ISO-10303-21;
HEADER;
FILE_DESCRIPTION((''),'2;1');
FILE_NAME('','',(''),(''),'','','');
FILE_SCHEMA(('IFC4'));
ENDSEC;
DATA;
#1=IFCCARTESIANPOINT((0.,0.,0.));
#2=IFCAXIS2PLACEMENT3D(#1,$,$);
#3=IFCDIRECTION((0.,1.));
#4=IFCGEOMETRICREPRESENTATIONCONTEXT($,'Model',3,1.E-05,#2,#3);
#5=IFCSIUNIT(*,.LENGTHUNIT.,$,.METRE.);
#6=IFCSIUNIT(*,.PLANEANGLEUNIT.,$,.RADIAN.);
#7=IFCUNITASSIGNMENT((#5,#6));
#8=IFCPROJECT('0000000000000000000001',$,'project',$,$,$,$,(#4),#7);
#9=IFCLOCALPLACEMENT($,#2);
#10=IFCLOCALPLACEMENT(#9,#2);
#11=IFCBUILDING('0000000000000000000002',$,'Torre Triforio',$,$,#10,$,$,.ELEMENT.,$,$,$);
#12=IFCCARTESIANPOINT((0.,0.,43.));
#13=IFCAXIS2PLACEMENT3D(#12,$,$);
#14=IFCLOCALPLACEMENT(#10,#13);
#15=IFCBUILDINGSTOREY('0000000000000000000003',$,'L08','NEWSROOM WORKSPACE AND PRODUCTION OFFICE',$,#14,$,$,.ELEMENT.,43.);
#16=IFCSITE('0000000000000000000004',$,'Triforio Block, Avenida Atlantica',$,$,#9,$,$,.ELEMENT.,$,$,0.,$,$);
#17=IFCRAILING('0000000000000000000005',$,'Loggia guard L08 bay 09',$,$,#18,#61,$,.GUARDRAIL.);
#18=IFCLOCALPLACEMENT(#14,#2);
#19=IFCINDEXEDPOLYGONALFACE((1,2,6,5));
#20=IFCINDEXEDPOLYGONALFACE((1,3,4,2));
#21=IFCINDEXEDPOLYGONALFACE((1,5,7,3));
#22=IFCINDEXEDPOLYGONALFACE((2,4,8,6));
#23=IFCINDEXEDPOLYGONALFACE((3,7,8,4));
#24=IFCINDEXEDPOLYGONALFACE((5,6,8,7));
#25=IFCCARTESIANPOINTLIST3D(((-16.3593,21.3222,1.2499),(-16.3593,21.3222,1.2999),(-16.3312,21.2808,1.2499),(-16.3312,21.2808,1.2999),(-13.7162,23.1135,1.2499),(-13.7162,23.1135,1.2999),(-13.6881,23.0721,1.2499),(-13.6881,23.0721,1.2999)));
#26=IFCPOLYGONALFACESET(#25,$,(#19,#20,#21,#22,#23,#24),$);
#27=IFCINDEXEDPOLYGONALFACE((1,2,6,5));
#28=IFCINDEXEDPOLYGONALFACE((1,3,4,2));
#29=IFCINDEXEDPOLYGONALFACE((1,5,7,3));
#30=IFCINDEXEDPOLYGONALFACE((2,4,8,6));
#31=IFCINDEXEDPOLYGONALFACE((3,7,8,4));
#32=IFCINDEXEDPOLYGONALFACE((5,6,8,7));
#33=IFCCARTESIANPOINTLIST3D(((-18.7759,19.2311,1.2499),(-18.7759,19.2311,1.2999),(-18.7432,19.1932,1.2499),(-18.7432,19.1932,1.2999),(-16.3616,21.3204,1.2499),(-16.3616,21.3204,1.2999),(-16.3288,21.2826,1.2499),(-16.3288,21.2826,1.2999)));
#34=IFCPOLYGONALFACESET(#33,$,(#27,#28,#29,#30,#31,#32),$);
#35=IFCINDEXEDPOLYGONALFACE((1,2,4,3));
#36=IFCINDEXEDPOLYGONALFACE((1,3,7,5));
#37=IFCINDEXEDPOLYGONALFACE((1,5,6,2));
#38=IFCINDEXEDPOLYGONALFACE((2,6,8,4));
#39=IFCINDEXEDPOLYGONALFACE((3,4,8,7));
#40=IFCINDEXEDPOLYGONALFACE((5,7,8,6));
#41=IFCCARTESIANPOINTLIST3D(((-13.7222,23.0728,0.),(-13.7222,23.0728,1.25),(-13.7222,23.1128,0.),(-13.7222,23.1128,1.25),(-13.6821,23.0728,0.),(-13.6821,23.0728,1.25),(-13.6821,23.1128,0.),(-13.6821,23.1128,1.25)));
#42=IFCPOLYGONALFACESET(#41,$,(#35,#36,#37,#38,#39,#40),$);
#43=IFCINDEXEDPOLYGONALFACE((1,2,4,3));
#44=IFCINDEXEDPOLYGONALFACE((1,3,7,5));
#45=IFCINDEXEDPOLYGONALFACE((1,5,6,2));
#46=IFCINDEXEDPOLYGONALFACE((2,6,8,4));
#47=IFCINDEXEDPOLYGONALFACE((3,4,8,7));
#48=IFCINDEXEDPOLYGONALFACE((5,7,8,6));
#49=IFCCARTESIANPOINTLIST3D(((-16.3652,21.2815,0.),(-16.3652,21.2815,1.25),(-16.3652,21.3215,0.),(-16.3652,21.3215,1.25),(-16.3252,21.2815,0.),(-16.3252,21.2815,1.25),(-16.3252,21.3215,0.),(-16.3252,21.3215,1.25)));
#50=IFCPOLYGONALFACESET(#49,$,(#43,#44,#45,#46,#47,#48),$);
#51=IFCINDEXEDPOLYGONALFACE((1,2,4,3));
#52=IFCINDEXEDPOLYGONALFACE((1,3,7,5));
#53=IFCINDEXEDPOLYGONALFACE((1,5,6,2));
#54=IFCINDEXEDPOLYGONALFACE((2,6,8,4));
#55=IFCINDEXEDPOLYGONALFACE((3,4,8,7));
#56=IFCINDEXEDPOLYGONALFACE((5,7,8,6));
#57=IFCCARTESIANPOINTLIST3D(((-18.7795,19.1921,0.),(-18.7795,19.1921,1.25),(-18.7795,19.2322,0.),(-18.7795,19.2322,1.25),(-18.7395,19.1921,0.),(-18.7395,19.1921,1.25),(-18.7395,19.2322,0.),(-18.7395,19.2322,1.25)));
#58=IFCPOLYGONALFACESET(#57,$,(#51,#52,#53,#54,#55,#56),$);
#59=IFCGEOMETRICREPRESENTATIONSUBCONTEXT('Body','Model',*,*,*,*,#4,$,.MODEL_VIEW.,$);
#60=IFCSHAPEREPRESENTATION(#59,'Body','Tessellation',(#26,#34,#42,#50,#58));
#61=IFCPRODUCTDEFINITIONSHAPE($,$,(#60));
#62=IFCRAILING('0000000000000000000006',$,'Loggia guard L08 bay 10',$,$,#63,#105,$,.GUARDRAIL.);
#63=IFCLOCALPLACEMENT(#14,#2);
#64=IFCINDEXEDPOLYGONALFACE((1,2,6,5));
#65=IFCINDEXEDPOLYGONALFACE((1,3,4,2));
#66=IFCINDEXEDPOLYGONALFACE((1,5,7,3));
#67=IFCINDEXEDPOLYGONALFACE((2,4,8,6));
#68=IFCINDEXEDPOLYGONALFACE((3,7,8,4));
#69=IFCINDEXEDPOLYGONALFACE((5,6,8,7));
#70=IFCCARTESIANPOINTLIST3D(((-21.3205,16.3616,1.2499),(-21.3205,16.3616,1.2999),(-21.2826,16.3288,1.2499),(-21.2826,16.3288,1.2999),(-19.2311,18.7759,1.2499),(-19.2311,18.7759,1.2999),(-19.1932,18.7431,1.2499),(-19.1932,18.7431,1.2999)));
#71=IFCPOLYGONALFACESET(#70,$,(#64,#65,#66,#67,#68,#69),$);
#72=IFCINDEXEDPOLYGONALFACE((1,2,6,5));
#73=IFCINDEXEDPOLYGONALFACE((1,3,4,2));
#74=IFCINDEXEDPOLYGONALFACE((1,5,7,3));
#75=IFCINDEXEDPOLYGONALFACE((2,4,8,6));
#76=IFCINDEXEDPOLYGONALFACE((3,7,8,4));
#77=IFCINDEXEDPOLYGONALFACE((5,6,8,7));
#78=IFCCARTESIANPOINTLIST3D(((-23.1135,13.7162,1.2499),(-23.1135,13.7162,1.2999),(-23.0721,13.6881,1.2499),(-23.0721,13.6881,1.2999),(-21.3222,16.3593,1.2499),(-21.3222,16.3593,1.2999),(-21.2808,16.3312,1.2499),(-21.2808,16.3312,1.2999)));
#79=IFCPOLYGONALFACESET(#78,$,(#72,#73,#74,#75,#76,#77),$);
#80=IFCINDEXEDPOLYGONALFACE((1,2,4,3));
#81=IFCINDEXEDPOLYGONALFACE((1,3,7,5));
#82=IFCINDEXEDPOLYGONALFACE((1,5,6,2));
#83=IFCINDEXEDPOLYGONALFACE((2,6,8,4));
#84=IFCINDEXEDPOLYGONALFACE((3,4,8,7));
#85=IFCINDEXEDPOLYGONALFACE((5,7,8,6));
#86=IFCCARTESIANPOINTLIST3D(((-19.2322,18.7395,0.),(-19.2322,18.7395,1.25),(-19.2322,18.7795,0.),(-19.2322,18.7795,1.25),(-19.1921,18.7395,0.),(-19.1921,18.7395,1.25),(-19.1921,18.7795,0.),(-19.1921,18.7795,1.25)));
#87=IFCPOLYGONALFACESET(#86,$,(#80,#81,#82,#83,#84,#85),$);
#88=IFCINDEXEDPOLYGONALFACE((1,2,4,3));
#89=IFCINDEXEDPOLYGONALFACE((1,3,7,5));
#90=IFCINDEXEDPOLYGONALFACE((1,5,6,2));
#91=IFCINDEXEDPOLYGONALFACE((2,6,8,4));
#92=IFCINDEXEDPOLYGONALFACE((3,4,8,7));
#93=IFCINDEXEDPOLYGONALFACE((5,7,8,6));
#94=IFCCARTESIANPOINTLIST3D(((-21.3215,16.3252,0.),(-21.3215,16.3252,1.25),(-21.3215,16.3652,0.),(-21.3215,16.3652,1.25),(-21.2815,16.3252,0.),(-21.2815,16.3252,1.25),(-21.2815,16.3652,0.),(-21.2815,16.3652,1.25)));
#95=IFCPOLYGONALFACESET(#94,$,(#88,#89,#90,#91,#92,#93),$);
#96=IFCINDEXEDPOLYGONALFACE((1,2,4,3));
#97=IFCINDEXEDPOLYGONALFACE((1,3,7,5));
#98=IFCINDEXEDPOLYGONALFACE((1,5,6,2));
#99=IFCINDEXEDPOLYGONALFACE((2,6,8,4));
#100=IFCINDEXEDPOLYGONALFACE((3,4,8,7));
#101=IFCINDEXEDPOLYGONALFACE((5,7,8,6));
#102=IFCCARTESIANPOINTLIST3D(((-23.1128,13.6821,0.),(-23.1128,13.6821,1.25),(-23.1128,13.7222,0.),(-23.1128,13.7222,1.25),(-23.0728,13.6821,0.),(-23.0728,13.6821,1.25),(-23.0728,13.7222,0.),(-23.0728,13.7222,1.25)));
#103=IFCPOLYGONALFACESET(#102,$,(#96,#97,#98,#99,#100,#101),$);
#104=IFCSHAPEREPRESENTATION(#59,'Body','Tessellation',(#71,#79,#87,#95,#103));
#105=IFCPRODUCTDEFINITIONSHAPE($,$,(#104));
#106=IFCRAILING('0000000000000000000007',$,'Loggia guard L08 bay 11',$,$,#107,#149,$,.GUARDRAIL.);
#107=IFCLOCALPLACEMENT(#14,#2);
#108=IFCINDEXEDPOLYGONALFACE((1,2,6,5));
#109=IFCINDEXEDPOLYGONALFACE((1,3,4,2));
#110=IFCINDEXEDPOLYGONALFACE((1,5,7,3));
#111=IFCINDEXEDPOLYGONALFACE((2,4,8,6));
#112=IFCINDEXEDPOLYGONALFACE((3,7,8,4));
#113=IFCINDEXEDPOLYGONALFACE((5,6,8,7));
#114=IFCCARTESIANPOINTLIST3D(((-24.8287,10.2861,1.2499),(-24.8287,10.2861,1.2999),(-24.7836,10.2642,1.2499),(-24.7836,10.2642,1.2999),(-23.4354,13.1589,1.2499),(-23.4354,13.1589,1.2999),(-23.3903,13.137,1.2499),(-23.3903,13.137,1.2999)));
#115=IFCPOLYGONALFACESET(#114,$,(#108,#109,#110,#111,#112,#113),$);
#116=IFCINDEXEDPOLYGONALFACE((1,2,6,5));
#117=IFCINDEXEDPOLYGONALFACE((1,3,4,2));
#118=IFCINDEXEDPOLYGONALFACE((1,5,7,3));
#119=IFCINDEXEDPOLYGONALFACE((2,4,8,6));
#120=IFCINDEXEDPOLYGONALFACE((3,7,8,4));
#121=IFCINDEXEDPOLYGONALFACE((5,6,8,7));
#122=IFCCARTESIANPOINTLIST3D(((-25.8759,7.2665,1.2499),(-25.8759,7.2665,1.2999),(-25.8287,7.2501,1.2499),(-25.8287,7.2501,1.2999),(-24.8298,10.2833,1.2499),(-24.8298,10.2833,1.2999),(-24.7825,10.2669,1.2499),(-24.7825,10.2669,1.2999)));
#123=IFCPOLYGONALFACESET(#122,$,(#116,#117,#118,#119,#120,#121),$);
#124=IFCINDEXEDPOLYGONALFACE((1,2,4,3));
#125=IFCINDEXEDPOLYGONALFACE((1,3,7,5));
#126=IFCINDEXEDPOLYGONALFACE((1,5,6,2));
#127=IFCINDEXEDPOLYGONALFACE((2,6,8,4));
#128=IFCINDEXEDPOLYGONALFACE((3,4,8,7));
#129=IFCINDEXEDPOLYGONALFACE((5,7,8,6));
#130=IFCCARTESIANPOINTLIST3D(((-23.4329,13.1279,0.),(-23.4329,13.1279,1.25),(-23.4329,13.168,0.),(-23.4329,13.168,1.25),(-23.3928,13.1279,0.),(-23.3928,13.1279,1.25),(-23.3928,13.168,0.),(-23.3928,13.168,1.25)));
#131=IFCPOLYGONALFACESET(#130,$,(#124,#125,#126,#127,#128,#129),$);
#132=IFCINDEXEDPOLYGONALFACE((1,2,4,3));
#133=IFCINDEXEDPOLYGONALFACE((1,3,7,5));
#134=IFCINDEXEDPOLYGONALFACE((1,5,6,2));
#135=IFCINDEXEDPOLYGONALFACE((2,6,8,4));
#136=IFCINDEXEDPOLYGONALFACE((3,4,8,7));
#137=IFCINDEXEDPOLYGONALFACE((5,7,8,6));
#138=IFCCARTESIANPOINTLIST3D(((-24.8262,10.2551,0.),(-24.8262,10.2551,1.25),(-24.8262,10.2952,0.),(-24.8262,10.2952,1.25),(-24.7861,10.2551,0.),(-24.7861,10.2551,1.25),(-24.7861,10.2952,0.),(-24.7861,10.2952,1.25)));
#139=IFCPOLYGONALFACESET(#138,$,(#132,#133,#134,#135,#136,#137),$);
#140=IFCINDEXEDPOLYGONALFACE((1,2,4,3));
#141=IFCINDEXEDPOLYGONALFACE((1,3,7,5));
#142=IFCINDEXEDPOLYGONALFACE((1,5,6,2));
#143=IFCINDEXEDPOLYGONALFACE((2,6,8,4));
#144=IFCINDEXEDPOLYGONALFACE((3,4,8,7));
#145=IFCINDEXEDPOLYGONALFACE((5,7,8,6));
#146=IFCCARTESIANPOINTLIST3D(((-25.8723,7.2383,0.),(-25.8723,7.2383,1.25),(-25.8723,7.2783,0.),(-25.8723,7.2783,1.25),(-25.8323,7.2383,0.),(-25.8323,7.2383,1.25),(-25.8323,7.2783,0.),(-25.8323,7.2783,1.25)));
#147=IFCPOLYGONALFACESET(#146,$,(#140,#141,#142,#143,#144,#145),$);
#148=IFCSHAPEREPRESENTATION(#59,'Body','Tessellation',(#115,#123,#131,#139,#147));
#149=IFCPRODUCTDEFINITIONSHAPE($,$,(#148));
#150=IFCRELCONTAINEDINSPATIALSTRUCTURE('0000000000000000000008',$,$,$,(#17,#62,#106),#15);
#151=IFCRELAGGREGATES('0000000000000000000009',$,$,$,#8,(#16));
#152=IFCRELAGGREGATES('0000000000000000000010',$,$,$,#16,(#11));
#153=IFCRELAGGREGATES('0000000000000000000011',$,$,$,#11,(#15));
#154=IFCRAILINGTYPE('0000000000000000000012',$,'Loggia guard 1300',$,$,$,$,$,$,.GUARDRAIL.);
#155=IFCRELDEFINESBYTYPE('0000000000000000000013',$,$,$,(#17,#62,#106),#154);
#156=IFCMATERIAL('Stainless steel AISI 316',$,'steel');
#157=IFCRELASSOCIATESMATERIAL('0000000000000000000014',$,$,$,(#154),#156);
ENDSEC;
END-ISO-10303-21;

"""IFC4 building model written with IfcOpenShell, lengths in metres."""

from ifc_helpers import new_model, si_unit, direction, frame, origin, origin_2d, place, context, subcontext, project, spatial, rectangle, extrude, material, type_object, element, save


model = new_model("IFC4")

# Units and contexts
model_context = context("Model", 3, precision=1e-05, world=origin(), true_north=direction((0.0, 1.0)))
body_context = subcontext(model_context, "Body", "Model", "MODEL_VIEW")
ifc_project = project(units=[si_unit("LENGTHUNIT", "METRE"), si_unit("PLANEANGLEUNIT", "RADIAN")], contexts=[model_context])

# Site, building, storey
site_placement = place(None, origin())
site = spatial("IfcSite", under=ifc_project, at=site_placement, Name="Triforio Block, Avenida Atlantica", CompositionType="ELEMENT", RefElevation=0.0)
building_placement = place(site_placement, origin())
building = spatial("IfcBuilding", under=site, at=building_placement, Name="Torre Triforio", CompositionType="ELEMENT")
storey_placement = place(building_placement, frame((0.0, 0.0, 43.0)))
storey = spatial("IfcBuildingStorey", under=building, at=storey_placement, Name="L08", Description="NEWSROOM WORKSPACE AND PRODUCTION OFFICE", CompositionType="ELEMENT", Elevation=43.0)

# Railings
ifc_material_1 = material(Name="Stainless steel AISI 316", Category="steel")
railing_type = type_object("IfcRailingType", Name="Loggia guard 1300", PredefinedType="GUARDRAIL", material=ifc_material_1)
railing_1_placement = place(storey_placement, frame((-13.7021, 23.0928, 0.0)))
element("IfcRailing", 1, at=railing_1_placement, inside=storey, type_object=railing_type, Name="Loggia guard L08 bay 09", PredefinedType="GUARDRAIL", context=body_context, shape_type="SweptSolid", body=[
    extrude(rectangle(XDim=0.05, YDim=0.05, at=origin_2d()), frame((0.0, 0.0, 1.2749), z_axis=(-0.827803, -0.561019, 0.0), x_axis=(0.561019, -0.827803, 0.0)), (0.0, 0.0, 1.0), 3.1929),
    extrude(rectangle(XDim=0.05, YDim=0.05, at=origin_2d()), frame((-2.6431, -1.7913, 1.2749), z_axis=(-0.756161, -0.654386, 0.0), x_axis=(0.654386, -0.756161, 0.0)), (0.0, 0.0, 1.0), 3.1929),
    extrude(rectangle(XDim=0.04, YDim=0.04, at=origin_2d()), origin(), (0.0, 0.0, 1.0), 1.25),
    extrude(rectangle(XDim=0.04, YDim=0.04, at=origin_2d()), frame((-2.6431, -1.7913, 0.0)), (0.0, 0.0, 1.0), 1.25),
    extrude(rectangle(XDim=0.04, YDim=0.04, at=origin_2d()), frame((-5.0574, -3.8806, 0.0)), (0.0, 0.0, 1.0), 1.25),
])
railing_2_placement = place(storey_placement, frame((-19.2122, 18.7595, 0.0)))
element("IfcRailing", 2, at=railing_2_placement, inside=storey, type_object=railing_type, Name="Loggia guard L08 bay 10", PredefinedType="GUARDRAIL", context=body_context, shape_type="SweptSolid", body=[
    extrude(rectangle(XDim=0.05, YDim=0.05, at=origin_2d()), frame((0.0, 0.0, 1.2749), z_axis=(-0.654386, -0.756161, 0.0), x_axis=(0.756161, -0.654386, 0.0)), (0.0, 0.0, 1.0), 3.1929),
    extrude(rectangle(XDim=0.05, YDim=0.05, at=origin_2d()), frame((-2.0894, -2.4143, 1.2749), z_axis=(-0.561019, -0.827803, 0.0), x_axis=(0.827803, -0.561019, 0.0)), (0.0, 0.0, 1.0), 3.1929),
    extrude(rectangle(XDim=0.04, YDim=0.04, at=origin_2d()), origin(), (0.0, 0.0, 1.0), 1.25),
    extrude(rectangle(XDim=0.04, YDim=0.04, at=origin_2d()), frame((-2.0894, -2.4143, 0.0)), (0.0, 0.0, 1.0), 1.25),
    extrude(rectangle(XDim=0.04, YDim=0.04, at=origin_2d()), frame((-3.8806, -5.0574, 0.0)), (0.0, 0.0, 1.0), 1.25),
])
railing_3_placement = place(storey_placement, frame((-23.4128, 13.1479, 0.0)))
element("IfcRailing", 3, at=railing_3_placement, inside=storey, type_object=railing_type, Name="Loggia guard L08 bay 11", PredefinedType="GUARDRAIL", context=body_context, shape_type="SweptSolid", body=[
    extrude(rectangle(XDim=0.05, YDim=0.05, at=origin_2d()), frame((0.0, 0.0, 1.2749), z_axis=(-0.436384, -0.89976, 0.0), x_axis=(0.89976, -0.436384, 0.0)), (0.0, 0.0, 1.0), 3.1929),
    extrude(rectangle(XDim=0.05, YDim=0.05, at=origin_2d()), frame((-1.3933, -2.8728, 1.2749), z_axis=(-0.327628, -0.944807, 0.0), x_axis=(0.944807, -0.327628, 0.0)), (0.0, 0.0, 1.0), 3.1931),
    extrude(rectangle(XDim=0.04, YDim=0.04, at=origin_2d()), origin(), (0.0, 0.0, 1.0), 1.25),
    extrude(rectangle(XDim=0.04, YDim=0.04, at=origin_2d()), frame((-1.3933, -2.8728, 0.0)), (0.0, 0.0, 1.0), 1.25),
    extrude(rectangle(XDim=0.04, YDim=0.04, at=origin_2d()), frame((-2.4395, -5.8896, 0.0)), (0.0, 0.0, 1.0), 1.25),
])

save(model, "model.ifc")
